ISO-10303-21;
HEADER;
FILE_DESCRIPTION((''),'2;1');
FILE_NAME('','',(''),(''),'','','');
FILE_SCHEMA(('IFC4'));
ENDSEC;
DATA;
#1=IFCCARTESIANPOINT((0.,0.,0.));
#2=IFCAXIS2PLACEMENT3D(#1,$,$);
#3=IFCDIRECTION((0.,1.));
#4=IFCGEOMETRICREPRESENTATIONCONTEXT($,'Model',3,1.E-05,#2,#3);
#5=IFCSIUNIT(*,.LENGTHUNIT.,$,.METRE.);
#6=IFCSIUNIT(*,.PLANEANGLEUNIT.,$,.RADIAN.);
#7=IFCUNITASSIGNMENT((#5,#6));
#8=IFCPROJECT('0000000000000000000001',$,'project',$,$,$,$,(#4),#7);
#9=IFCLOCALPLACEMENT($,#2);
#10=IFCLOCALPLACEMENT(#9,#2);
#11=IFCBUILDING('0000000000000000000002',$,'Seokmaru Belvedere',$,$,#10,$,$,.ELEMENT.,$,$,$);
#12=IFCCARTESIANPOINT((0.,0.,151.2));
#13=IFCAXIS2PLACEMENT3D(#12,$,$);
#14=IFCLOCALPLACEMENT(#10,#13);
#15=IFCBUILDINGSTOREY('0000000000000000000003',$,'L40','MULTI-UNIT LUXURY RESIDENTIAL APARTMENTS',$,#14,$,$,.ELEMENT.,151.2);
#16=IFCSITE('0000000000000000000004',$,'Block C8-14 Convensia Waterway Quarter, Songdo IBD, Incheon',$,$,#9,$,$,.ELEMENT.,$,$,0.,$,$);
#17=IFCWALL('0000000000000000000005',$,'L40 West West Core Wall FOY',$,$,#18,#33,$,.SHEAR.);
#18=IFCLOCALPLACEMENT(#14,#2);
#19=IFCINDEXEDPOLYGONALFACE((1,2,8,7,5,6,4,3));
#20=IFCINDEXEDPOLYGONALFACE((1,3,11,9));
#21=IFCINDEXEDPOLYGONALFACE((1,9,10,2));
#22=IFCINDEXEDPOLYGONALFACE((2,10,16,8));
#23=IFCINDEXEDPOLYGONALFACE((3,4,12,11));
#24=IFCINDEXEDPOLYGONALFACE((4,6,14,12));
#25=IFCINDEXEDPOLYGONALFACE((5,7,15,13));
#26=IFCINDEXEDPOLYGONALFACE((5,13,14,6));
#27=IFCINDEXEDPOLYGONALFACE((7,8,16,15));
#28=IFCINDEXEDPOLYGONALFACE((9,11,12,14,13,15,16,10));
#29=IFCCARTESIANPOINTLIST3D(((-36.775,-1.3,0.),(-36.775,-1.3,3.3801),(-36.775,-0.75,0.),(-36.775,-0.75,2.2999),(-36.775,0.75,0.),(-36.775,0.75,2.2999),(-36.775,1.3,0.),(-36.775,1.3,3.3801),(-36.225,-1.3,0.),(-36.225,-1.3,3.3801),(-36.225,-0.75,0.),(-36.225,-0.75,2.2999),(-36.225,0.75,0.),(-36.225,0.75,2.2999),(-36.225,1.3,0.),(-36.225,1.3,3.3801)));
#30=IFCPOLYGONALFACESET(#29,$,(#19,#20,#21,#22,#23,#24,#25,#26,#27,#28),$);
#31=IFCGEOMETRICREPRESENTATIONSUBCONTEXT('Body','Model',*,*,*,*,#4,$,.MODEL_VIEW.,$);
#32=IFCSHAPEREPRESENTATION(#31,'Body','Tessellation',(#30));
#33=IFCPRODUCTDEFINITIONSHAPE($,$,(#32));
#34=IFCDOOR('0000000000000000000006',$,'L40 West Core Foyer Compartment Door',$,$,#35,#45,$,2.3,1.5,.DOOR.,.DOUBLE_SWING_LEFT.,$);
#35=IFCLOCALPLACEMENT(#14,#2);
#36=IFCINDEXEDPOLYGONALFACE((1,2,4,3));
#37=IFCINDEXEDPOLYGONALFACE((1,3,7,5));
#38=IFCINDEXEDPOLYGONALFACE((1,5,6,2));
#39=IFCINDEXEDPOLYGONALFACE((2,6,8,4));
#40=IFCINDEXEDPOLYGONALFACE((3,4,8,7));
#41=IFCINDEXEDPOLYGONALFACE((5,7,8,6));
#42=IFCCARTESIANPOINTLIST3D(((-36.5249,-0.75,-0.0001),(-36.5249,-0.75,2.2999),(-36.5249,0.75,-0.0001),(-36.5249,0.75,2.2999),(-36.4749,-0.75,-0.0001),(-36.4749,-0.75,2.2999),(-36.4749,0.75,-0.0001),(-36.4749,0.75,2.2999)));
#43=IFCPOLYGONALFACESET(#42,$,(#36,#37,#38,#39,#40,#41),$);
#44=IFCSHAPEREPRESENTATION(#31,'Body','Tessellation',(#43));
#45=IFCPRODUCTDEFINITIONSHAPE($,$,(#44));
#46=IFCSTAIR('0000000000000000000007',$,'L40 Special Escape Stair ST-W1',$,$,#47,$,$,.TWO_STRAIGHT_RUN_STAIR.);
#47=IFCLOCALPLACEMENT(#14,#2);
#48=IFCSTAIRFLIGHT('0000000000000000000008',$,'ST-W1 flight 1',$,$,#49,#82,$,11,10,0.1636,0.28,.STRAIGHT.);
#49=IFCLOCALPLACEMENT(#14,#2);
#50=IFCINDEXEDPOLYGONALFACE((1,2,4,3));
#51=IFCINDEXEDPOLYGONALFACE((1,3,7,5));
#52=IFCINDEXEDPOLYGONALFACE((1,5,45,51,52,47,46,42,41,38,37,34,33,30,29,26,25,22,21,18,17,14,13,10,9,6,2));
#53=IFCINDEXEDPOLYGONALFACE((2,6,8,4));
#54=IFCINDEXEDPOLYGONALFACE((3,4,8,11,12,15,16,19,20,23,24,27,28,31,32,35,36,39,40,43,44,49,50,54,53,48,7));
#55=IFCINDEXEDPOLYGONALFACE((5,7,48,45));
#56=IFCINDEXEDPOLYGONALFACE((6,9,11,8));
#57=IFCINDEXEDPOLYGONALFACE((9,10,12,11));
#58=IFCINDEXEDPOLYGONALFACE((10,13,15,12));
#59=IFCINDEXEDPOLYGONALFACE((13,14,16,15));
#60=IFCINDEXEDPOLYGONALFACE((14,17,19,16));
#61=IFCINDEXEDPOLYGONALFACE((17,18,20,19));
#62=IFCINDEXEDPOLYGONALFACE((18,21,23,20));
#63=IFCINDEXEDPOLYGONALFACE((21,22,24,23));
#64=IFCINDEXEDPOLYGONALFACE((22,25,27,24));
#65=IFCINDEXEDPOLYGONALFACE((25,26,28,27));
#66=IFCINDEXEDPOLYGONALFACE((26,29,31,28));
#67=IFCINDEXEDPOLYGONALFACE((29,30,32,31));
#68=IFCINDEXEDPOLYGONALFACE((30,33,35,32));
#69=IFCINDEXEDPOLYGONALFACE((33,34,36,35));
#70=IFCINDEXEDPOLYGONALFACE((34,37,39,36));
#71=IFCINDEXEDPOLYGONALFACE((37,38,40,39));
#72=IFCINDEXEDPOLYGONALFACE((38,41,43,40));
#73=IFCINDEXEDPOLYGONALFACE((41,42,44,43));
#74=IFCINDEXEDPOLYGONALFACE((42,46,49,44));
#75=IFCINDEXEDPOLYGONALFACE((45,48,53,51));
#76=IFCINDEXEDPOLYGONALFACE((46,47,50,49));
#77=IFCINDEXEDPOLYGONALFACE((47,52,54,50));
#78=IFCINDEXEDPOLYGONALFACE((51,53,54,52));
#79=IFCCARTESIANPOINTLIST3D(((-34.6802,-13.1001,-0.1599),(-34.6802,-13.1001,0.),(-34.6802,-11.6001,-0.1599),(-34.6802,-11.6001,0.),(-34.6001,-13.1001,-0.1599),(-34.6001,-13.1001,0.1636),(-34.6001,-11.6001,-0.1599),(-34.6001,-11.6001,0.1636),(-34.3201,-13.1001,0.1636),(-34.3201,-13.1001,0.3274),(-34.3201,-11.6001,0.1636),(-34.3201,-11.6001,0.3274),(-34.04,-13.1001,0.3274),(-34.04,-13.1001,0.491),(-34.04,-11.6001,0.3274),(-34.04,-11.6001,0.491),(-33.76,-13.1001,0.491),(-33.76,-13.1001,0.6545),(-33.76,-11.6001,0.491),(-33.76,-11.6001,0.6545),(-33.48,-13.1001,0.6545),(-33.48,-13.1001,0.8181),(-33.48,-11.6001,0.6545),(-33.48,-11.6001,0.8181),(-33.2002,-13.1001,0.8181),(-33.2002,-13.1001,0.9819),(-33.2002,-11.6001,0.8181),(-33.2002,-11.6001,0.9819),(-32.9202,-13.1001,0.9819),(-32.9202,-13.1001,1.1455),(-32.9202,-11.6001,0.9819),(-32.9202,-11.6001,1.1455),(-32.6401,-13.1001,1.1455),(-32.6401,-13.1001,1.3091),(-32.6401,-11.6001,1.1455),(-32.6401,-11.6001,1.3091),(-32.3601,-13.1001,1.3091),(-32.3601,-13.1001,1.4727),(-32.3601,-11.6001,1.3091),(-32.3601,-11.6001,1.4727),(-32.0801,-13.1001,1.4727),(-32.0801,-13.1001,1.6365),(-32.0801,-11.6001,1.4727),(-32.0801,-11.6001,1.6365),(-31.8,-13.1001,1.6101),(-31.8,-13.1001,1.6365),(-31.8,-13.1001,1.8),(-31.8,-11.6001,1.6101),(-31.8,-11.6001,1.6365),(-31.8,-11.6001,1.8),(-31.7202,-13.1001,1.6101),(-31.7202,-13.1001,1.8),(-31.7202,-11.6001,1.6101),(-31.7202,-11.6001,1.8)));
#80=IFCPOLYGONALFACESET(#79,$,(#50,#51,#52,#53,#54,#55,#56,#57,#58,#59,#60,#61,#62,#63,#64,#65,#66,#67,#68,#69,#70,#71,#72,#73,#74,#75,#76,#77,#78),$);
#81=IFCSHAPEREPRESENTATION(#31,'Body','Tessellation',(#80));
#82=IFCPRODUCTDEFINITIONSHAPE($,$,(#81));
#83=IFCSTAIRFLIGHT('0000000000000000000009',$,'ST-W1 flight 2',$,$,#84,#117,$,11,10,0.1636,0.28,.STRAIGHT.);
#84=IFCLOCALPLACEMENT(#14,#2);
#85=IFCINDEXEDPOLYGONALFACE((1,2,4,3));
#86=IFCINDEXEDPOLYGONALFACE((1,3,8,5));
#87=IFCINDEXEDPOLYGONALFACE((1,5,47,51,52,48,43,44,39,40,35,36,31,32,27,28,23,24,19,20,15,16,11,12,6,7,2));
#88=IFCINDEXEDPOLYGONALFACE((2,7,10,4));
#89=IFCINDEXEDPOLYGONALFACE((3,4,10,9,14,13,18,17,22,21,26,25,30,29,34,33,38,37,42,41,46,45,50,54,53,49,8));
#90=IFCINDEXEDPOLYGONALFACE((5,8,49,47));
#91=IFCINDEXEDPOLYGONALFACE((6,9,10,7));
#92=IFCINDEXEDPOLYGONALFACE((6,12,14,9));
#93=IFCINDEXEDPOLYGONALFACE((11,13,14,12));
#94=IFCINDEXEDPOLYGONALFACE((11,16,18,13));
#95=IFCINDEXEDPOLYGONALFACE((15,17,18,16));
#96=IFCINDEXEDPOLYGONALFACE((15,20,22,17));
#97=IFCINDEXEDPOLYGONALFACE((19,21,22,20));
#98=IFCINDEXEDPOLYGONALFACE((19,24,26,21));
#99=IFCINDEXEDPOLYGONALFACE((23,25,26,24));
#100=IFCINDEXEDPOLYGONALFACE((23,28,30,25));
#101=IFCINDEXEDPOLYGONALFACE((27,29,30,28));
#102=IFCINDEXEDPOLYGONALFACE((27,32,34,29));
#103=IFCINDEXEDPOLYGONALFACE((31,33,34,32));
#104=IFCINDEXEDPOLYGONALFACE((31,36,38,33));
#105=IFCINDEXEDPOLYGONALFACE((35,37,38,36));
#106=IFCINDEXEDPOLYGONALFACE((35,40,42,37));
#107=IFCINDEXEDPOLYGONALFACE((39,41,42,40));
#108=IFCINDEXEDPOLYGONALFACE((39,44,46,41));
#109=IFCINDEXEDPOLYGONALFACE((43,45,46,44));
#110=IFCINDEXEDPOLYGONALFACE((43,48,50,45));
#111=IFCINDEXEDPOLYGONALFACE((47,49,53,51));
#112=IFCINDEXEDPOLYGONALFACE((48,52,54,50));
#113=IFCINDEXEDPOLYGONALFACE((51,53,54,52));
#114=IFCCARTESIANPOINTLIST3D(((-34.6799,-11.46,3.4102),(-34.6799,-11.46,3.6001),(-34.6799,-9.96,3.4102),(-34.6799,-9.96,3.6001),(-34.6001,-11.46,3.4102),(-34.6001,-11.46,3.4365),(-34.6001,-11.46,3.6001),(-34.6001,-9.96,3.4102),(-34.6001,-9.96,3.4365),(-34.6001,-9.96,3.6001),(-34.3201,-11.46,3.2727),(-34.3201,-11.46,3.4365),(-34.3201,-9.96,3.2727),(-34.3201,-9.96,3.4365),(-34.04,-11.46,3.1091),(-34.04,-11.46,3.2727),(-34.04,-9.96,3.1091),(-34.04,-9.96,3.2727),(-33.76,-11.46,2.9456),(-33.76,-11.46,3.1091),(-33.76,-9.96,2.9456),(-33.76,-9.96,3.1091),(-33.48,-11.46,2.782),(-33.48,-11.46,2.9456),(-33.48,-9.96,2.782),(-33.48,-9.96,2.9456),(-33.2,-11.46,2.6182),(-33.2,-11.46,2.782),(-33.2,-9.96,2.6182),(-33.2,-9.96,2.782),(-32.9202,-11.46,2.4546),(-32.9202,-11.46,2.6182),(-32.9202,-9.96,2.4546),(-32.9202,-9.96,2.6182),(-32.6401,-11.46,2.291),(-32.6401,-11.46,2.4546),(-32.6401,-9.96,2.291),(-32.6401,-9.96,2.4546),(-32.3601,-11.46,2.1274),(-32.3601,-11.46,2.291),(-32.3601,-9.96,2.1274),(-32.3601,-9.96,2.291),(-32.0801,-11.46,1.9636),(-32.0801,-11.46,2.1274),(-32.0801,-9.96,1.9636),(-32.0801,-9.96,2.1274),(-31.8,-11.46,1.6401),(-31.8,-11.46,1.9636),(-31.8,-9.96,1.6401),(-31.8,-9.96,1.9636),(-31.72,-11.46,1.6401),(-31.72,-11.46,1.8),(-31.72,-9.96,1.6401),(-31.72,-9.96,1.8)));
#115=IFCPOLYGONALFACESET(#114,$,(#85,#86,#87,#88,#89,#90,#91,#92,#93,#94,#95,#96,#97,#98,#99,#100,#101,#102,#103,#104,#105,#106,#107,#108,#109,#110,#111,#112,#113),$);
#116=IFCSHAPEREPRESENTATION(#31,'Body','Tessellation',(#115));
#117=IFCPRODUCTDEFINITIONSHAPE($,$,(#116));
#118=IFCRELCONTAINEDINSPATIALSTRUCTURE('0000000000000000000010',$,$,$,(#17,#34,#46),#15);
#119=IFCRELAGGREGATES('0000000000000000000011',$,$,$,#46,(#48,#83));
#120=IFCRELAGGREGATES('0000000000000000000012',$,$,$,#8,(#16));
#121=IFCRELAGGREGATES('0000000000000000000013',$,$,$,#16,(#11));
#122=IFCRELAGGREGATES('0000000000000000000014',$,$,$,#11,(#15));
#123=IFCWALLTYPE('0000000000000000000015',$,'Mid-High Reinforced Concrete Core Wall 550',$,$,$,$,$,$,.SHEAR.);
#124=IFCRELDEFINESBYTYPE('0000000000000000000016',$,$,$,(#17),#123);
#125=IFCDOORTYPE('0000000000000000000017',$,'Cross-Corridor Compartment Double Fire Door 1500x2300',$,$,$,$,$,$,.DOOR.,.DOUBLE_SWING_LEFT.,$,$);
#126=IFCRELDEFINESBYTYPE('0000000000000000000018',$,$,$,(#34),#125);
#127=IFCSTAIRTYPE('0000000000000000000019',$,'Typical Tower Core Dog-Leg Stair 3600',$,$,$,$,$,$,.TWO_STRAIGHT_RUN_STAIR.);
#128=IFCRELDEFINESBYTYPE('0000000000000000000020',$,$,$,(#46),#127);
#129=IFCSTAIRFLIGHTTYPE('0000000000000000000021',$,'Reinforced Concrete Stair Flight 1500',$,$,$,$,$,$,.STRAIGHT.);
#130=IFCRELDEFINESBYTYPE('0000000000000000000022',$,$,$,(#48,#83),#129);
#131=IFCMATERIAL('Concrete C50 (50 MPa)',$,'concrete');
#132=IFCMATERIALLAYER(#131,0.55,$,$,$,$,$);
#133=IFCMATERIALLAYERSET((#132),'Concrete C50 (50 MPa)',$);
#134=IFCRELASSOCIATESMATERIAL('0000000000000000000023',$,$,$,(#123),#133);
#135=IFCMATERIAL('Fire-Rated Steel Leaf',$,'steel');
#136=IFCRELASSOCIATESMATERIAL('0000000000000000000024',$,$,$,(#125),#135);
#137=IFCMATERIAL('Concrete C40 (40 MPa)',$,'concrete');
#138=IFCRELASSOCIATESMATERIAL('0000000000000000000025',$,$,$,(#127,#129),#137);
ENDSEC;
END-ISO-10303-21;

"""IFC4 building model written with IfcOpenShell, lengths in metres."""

from ifc_helpers import new_model, si_unit, direction, frame, frame_2d, origin, place, context, subcontext, project, spatial, polyline, rectangle, outline, extrude, source, transform, mapped, material, layer, layer_set, type_object, type_shapes, element, fill, aggregate, save


model = new_model("IFC4")

# Units and contexts
model_context = context("Model", 3, precision=1e-05, world=origin(), true_north=direction((0.0, 1.0)))
body_context = subcontext(model_context, "Body", "Model", "MODEL_VIEW")
ifc_project = project(units=[si_unit("LENGTHUNIT", "METRE"), si_unit("PLANEANGLEUNIT", "RADIAN")], contexts=[model_context])

# Site, building, storey
site_placement = place(None, origin())
site = spatial("IfcSite", under=ifc_project, at=site_placement, Name="Block C8-14 Convensia Waterway Quarter, Songdo IBD, Incheon", CompositionType="ELEMENT", RefElevation=0.0)
building_placement = place(site_placement, origin())
building = spatial("IfcBuilding", under=site, at=building_placement, Name="Seokmaru Belvedere", CompositionType="ELEMENT")
storey_placement = place(building_placement, frame((0.0, 0.0, 151.2)))
storey = spatial("IfcBuildingStorey", under=building, at=storey_placement, Name="L40", Description="MULTI-UNIT LUXURY RESIDENTIAL APARTMENTS", CompositionType="ELEMENT", Elevation=151.2)

# Shared definitions
ifc_material_1 = material(Name="Fire-Rated Steel Leaf", Category="steel")

# Shared definitions
ifc_material_2 = material(Name="Concrete C50 (50 MPa)", Category="concrete")

# Wall, opening, door
ifc_layer_1 = layer(ifc_material_2, 0.55)
ifc_layer_set_1 = layer_set([ifc_layer_1], Name="Concrete C50 (50 MPa)")
wall_type_1 = type_object("IfcWallType", Name="Mid-High Reinforced Concrete Core Wall 550", PredefinedType="SHEAR", material=ifc_layer_set_1)
wall_1_placement = place(storey_placement, frame((-36.5, -1.3, 0.0), z_axis=(0.0, 0.0, 1.0), x_axis=(0.0, 1.0, 0.0)))
wall_1 = element("IfcWall", 1, at=wall_1_placement, inside=storey, type_object=wall_type_1, Name="L40 West West Core Wall FOY", PredefinedType="SHEAR", context=body_context, shape_type="SweptSolid", body=[
    extrude(rectangle(XDim=2.6001, YDim=0.55, at=frame_2d((1.3, 0.0))), origin(), (0.0, 0.0, 1.0), 3.3801),
])
opening_1_placement = place(wall_1_placement, frame((0.55, 0.0, 0.0)))
opening_1 = element("IfcOpeningElement", 2, at=opening_1_placement, cuts=wall_1, PredefinedType="OPENING", context=body_context, shape_type="SweptSolid", body=[
    extrude(rectangle(XDim=1.5, YDim=2.3, at=frame_2d((0.75, 1.1499))), frame((0.0, 0.2852, 0.0), z_axis=(0.0, -1.0, 0.0), x_axis=(1.0, 0.0, 0.0)), (0.0, 0.0, 1.0), 0.5701),
])
door_type_1 = type_object("IfcDoorType", Name="Cross-Corridor Compartment Double Fire Door 1500x2300", OperationType="DOUBLE_SWING_LEFT", PredefinedType="DOOR", material=ifc_material_1)
shared_shape_1 = source(origin(), body_context, "Body", "SweptSolid", [
    extrude(rectangle(XDim=1.5, YDim=2.3, at=frame_2d((0.75, 1.1499))), frame((0.0, 0.0249, 0.0), z_axis=(0.0, -1.0, 0.0), x_axis=(1.0, 0.0, 0.0)), (0.0, 0.0, 1.0), 0.05),
])
type_shapes(door_type_1, [shared_shape_1])
door_1_placement = place(opening_1_placement, origin())
door_1 = element("IfcDoor", 3, at=door_1_placement, inside=storey, type_object=door_type_1, Name="L40 West Core Foyer Compartment Door", OperationType="DOUBLE_SWING_LEFT", OverallHeight=2.3, OverallWidth=1.5, PredefinedType="DOOR", context=body_context, shape_type="MappedRepresentation", body=[
    mapped(shared_shape_1, transform((0.0, 0.0, 0.0), scale=1.0)),
])
fill(opening_1, door_1)

# Stair, stair flights
ifc_material_3 = material(Name="Concrete C40 (40 MPa)", Category="concrete")
stair_type = type_object("IfcStairType", Name="Typical Tower Core Dog-Leg Stair 3600", PredefinedType="TWO_STRAIGHT_RUN_STAIR", material=ifc_material_3)
stair_placement = place(storey_placement, origin())
stair = element("IfcStair", 4, at=stair_placement, inside=storey, type_object=stair_type, Name="L40 Special Escape Stair ST-W1", PredefinedType="TWO_STRAIGHT_RUN_STAIR")
stair_flight_type = type_object("IfcStairFlightType", Name="Reinforced Concrete Stair Flight 1500", PredefinedType="STRAIGHT", material=ifc_material_3)
stair_flight_1_placement = place(storey_placement, frame((-34.6001, -12.3501, 0.0), z_axis=(0.0, 0.0, 1.0), x_axis=(1.0, 0.0, 0.0)))
stair_flight_1 = element("IfcStairFlight", 5, at=stair_flight_1_placement, type_object=stair_flight_type, Name="ST-W1 flight 1", NumberOfRisers=11, NumberOfTreads=10, PredefinedType="STRAIGHT", RiserHeight=0.1636, TreadLength=0.28, context=body_context, shape_type="SweptSolid", body=[
    extrude(outline(polyline([(-0.0801, 0.0), (0.0, 0.1636), (0.28, 0.1636), (0.28, 0.3274), (0.5601, 0.3274), (0.5601, 0.491), (0.8401, 0.491), (0.8401, 0.6545), (1.1201, 0.6545), (1.1201, 0.8181), (1.3999, 0.8181), (1.3999, 0.9819), (1.6799, 0.9819), (1.6799, 1.1455), (1.96, 1.1455), (1.96, 1.3091), (2.24, 1.3091), (2.24, 1.4727), (2.52, 1.4727), (2.52, 1.6365), (2.8, 1.6365), (2.8, 1.8), (2.8799, 1.8), (2.8799, 1.6101), (2.8, 1.6101), (0.0, -0.1599), (-0.0801, -0.1599), (-0.0801, 0.0)])), frame((0.0, 0.75, 0.0), z_axis=(0.0, -1.0, 0.0), x_axis=(1.0, 0.0, 0.0)), (0.0, 0.0, 1.0), 1.5),
])
stair_flight_2_placement = place(storey_placement, frame((-31.8, -10.71, 1.8), z_axis=(0.0, 0.0, 1.0), x_axis=(-1.0, 0.0, 0.0)))
stair_flight_2 = element("IfcStairFlight", 6, at=stair_flight_2_placement, type_object=stair_flight_type, Name="ST-W1 flight 2", NumberOfRisers=11, NumberOfTreads=10, PredefinedType="STRAIGHT", RiserHeight=0.1636, TreadLength=0.28, context=body_context, shape_type="SweptSolid", body=[
    extrude(outline(polyline([(-0.0801, 0.0), (0.0, 0.1636), (0.28, 0.1636), (0.28, 0.3274), (0.5601, 0.3274), (0.5601, 0.491), (0.8401, 0.491), (0.8401, 0.6545), (1.1201, 0.6545), (1.1201, 0.8181), (1.3999, 0.8181), (1.3999, 0.9819), (1.6799, 0.9819), (1.6799, 1.1455), (1.96, 1.1455), (1.96, 1.3091), (2.24, 1.3091), (2.24, 1.4727), (2.52, 1.4727), (2.52, 1.6365), (2.8, 1.6365), (2.8, 1.8), (2.8799, 1.8), (2.8799, 1.6101), (2.8, 1.6101), (0.0, -0.1599), (-0.0801, -0.1599), (-0.0801, 0.0)])), frame((0.0, 0.75, 0.0), z_axis=(0.0, -1.0, 0.0), x_axis=(1.0, 0.0, 0.0)), (0.0, 0.0, 1.0), 1.5),
])
aggregate(stair, [stair_flight_1, stair_flight_2])

save(model, "model.ifc")
